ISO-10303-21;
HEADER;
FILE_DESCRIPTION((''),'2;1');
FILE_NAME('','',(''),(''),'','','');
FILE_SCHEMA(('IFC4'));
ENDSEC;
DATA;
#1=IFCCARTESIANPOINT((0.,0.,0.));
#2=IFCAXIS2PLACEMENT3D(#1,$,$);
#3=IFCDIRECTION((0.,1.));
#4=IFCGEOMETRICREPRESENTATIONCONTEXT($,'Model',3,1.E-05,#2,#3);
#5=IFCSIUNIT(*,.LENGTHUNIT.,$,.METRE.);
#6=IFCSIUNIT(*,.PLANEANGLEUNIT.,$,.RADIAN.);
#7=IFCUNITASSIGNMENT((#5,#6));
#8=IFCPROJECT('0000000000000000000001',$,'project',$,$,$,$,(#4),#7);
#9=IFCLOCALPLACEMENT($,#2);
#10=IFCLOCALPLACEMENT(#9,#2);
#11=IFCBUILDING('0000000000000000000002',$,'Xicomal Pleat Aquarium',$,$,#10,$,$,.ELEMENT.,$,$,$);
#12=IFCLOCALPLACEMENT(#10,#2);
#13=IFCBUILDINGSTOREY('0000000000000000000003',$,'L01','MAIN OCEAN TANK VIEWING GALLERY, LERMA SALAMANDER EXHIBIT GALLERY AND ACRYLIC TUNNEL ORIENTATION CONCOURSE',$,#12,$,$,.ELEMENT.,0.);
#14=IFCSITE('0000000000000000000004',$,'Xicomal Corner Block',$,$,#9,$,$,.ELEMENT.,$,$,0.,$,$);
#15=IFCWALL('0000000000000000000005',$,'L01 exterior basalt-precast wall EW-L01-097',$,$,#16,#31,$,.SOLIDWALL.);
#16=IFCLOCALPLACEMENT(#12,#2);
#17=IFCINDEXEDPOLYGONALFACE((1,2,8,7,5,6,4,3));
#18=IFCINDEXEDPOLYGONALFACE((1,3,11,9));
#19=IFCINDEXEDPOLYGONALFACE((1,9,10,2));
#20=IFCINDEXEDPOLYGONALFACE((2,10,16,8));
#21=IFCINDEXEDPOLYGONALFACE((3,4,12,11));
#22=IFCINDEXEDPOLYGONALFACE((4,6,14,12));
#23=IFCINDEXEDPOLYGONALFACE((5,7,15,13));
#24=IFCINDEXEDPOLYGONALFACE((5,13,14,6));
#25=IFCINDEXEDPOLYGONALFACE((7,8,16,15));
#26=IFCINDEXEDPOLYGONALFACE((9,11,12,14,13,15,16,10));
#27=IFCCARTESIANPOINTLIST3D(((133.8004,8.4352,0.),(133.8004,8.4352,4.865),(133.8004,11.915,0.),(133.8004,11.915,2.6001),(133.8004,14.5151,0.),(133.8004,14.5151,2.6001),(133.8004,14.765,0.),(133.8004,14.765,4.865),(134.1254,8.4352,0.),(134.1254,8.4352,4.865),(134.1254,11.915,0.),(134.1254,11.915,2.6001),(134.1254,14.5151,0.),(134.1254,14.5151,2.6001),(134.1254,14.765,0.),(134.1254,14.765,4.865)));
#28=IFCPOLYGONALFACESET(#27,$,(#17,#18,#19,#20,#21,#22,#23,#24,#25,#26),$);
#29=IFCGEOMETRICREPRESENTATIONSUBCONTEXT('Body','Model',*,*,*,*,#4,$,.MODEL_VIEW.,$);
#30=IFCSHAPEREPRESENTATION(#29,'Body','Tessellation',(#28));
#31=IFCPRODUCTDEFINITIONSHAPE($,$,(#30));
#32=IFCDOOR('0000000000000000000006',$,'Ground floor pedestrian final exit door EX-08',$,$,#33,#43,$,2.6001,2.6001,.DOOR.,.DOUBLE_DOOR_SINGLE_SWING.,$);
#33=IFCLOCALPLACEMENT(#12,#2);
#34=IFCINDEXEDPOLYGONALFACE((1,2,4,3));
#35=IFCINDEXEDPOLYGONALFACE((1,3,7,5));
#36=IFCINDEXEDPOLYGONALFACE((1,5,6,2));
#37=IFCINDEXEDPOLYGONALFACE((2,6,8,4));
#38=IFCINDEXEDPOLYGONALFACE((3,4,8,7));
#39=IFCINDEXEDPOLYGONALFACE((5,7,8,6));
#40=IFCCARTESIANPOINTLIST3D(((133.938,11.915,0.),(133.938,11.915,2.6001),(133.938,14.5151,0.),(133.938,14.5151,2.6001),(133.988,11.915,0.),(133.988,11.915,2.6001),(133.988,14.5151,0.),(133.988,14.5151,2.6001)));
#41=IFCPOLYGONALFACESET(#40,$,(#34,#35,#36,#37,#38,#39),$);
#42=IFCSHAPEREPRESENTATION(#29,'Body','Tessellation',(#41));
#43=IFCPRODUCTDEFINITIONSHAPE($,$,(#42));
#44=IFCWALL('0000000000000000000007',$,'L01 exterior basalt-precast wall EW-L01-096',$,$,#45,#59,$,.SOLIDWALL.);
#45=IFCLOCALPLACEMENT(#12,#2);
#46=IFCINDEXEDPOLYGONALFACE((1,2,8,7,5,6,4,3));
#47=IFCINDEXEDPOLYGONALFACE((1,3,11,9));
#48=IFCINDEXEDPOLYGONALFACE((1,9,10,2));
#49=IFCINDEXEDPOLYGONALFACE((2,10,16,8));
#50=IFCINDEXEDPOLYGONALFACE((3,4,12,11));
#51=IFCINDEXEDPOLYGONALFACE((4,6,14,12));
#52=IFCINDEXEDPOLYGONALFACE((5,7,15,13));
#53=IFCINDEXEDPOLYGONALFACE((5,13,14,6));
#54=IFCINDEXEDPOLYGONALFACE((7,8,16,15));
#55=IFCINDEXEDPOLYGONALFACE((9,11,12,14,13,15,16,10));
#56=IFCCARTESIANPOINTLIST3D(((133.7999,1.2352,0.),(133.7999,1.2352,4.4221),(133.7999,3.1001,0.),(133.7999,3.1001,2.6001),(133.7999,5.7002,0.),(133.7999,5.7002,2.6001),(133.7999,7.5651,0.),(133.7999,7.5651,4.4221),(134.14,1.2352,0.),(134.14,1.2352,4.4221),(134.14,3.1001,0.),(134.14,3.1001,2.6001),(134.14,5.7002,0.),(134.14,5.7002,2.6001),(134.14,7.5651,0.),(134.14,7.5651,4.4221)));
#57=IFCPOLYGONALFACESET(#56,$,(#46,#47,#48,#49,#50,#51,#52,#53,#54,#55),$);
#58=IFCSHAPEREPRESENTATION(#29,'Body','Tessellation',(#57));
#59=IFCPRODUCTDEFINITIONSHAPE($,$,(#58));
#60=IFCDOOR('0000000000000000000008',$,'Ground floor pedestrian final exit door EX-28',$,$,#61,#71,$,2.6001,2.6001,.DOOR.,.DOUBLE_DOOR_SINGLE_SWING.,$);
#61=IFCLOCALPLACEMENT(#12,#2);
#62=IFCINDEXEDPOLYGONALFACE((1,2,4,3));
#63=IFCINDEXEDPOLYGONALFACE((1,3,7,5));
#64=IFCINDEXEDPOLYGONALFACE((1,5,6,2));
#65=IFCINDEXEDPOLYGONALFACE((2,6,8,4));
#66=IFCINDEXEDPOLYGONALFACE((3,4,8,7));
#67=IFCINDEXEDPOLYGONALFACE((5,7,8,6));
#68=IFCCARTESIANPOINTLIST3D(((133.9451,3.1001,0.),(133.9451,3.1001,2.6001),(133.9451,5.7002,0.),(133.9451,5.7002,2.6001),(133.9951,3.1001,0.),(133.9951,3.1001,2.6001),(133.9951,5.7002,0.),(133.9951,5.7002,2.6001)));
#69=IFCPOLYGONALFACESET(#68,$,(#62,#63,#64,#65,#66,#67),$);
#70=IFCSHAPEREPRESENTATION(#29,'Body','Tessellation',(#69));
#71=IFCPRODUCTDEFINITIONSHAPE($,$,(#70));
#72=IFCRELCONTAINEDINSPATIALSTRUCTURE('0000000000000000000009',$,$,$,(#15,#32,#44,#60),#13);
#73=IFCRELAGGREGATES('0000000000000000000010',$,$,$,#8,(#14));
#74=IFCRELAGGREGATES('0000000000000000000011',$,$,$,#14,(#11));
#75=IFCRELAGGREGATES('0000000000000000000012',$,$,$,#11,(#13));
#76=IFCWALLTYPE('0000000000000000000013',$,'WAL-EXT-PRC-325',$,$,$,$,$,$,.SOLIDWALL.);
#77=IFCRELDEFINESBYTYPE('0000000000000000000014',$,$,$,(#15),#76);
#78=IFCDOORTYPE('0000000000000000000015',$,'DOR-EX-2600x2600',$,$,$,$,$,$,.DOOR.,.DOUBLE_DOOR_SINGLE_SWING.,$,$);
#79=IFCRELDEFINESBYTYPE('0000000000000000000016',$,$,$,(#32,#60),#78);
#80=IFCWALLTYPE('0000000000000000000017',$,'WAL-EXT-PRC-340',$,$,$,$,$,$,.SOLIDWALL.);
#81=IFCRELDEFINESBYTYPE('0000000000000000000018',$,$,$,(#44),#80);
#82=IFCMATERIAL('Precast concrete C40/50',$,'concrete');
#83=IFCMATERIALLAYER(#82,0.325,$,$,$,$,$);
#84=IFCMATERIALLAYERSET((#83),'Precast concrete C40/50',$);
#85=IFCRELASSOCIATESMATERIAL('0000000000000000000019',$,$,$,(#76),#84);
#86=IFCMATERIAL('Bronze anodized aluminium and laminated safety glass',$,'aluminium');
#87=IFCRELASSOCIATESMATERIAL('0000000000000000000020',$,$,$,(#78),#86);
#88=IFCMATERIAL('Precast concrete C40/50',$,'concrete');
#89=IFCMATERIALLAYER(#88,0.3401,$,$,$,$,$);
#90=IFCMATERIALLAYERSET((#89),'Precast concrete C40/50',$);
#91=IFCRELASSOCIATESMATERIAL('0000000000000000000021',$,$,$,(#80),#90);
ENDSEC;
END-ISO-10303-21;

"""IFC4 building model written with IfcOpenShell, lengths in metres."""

from ifc_helpers import new_model, si_unit, direction, frame, frame_2d, origin, place, context, subcontext, project, spatial, rectangle, extrude, material, layer, layer_set, type_object, element, fill, save


model = new_model("IFC4")

# Units and contexts
model_context = context("Model", 3, precision=1e-05, world=origin(), true_north=direction((0.0, 1.0)))
body_context = subcontext(model_context, "Body", "Model", "MODEL_VIEW")
ifc_project = project(units=[si_unit("LENGTHUNIT", "METRE"), si_unit("PLANEANGLEUNIT", "RADIAN")], contexts=[model_context])

# Site, building, storey
site_placement = place(None, origin())
site = spatial("IfcSite", under=ifc_project, at=site_placement, Name="Xicomal Corner Block", CompositionType="ELEMENT", RefElevation=0.0)
building_placement = place(site_placement, origin())
building = spatial("IfcBuilding", under=site, at=building_placement, Name="Xicomal Pleat Aquarium", CompositionType="ELEMENT")
storey_placement = place(building_placement, origin())
storey = spatial("IfcBuildingStorey", under=building, at=storey_placement, Name="L01", Description="MAIN OCEAN TANK VIEWING GALLERY, LERMA SALAMANDER EXHIBIT GALLERY AND ACRYLIC TUNNEL ORIENTATION CONCOURSE", CompositionType="ELEMENT", Elevation=0.0)

# Walls, openings, doors
ifc_material_1 = material(Name="Precast concrete C40/50", Category="concrete")
ifc_layer_1 = layer(ifc_material_1, 0.325)
ifc_layer_set_1 = layer_set([ifc_layer_1], Name="Precast concrete C40/50")
wall_type_1 = type_object("IfcWallType", Name="WAL-EXT-PRC-325", PredefinedType="SOLIDWALL", material=ifc_layer_set_1)
wall_1_placement = place(storey_placement, frame((133.9629, 8.4351, 0.0), z_axis=(0.0, 0.0, 1.0), x_axis=(0.0, 1.0, 0.0)))
wall_1 = element("IfcWall", 1, at=wall_1_placement, inside=storey, type_object=wall_type_1, Name="L01 exterior basalt-precast wall EW-L01-097", PredefinedType="SOLIDWALL", context=body_context, shape_type="SweptSolid", body=[
    extrude(rectangle(XDim=6.3298, YDim=0.325, at=frame_2d((3.165, 0.0))), origin(), (0.0, 0.0, 1.0), 4.865),
])
opening_1_placement = place(wall_1_placement, frame((3.48, 0.0, 0.0)))
opening_1 = element("IfcOpeningElement", 2, at=opening_1_placement, cuts=wall_1, PredefinedType="OPENING", context=body_context, shape_type="SweptSolid", body=[
    extrude(rectangle(XDim=2.6001, YDim=2.6001, at=frame_2d((1.3, 1.3))), frame((0.0, 0.1724, 0.0), z_axis=(0.0, -1.0, 0.0), x_axis=(1.0, 0.0, 0.0)), (0.0, 0.0, 1.0), 0.345),
])
ifc_material_2 = material(Name="Bronze anodized aluminium and laminated safety glass", Category="aluminium")
door_type = type_object("IfcDoorType", Name="DOR-EX-2600x2600", OperationType="DOUBLE_DOOR_SINGLE_SWING", PredefinedType="DOOR", material=ifc_material_2)
door_1_placement = place(opening_1_placement, origin())
door_1 = element("IfcDoor", 3, at=door_1_placement, inside=storey, type_object=door_type, Name="Ground floor pedestrian final exit door EX-08", OperationType="DOUBLE_DOOR_SINGLE_SWING", OverallHeight=2.6001, OverallWidth=2.6001, PredefinedType="DOOR", context=body_context, shape_type="SweptSolid", body=[
    extrude(rectangle(XDim=2.6001, YDim=2.6001, at=frame_2d((1.3, 1.3))), frame((0.0, 0.0249, 0.0), z_axis=(0.0, -1.0, 0.0), x_axis=(1.0, 0.0, 0.0)), (0.0, 0.0, 1.0), 0.05),
])
fill(opening_1, door_1)
ifc_material_3 = material(Name="Precast concrete C40/50", Category="concrete")
ifc_layer_2 = layer(ifc_material_3, 0.3401)
ifc_layer_set_2 = layer_set([ifc_layer_2], Name="Precast concrete C40/50")
wall_type_2 = type_object("IfcWallType", Name="WAL-EXT-PRC-340", PredefinedType="SOLIDWALL", material=ifc_layer_set_2)
wall_2_placement = place(storey_placement, frame((133.97, 1.2351, 0.0), z_axis=(0.0, 0.0, 1.0), x_axis=(0.0, 1.0, 0.0)))
wall_2 = element("IfcWall", 4, at=wall_2_placement, inside=storey, type_object=wall_type_2, Name="L01 exterior basalt-precast wall EW-L01-096", PredefinedType="SOLIDWALL", context=body_context, shape_type="SweptSolid", body=[
    extrude(rectangle(XDim=6.3298, YDim=0.3401, at=frame_2d((3.165, 0.0))), origin(), (0.0, 0.0, 1.0), 4.4221),
])
opening_2_placement = place(wall_2_placement, frame((1.865, 0.0, 0.0)))
opening_2 = element("IfcOpeningElement", 5, at=opening_2_placement, cuts=wall_2, PredefinedType="OPENING", context=body_context, shape_type="SweptSolid", body=[
    extrude(rectangle(XDim=2.6001, YDim=2.6001, at=frame_2d((1.3, 1.3))), frame((0.0, 0.1799, 0.0), z_axis=(0.0, -1.0, 0.0), x_axis=(1.0, 0.0, 0.0)), (0.0, 0.0, 1.0), 0.3601),
])
door_2_placement = place(opening_2_placement, origin())
door_2 = element("IfcDoor", 6, at=door_2_placement, inside=storey, type_object=door_type, Name="Ground floor pedestrian final exit door EX-28", OperationType="DOUBLE_DOOR_SINGLE_SWING", OverallHeight=2.6001, OverallWidth=2.6001, PredefinedType="DOOR", context=body_context, shape_type="SweptSolid", body=[
    extrude(rectangle(XDim=2.6001, YDim=2.6001, at=frame_2d((1.3, 1.3))), frame((0.0, 0.0249, 0.0), z_axis=(0.0, -1.0, 0.0), x_axis=(1.0, 0.0, 0.0)), (0.0, 0.0, 1.0), 0.05),
])
fill(opening_2, door_2)

save(model, "model.ifc")
